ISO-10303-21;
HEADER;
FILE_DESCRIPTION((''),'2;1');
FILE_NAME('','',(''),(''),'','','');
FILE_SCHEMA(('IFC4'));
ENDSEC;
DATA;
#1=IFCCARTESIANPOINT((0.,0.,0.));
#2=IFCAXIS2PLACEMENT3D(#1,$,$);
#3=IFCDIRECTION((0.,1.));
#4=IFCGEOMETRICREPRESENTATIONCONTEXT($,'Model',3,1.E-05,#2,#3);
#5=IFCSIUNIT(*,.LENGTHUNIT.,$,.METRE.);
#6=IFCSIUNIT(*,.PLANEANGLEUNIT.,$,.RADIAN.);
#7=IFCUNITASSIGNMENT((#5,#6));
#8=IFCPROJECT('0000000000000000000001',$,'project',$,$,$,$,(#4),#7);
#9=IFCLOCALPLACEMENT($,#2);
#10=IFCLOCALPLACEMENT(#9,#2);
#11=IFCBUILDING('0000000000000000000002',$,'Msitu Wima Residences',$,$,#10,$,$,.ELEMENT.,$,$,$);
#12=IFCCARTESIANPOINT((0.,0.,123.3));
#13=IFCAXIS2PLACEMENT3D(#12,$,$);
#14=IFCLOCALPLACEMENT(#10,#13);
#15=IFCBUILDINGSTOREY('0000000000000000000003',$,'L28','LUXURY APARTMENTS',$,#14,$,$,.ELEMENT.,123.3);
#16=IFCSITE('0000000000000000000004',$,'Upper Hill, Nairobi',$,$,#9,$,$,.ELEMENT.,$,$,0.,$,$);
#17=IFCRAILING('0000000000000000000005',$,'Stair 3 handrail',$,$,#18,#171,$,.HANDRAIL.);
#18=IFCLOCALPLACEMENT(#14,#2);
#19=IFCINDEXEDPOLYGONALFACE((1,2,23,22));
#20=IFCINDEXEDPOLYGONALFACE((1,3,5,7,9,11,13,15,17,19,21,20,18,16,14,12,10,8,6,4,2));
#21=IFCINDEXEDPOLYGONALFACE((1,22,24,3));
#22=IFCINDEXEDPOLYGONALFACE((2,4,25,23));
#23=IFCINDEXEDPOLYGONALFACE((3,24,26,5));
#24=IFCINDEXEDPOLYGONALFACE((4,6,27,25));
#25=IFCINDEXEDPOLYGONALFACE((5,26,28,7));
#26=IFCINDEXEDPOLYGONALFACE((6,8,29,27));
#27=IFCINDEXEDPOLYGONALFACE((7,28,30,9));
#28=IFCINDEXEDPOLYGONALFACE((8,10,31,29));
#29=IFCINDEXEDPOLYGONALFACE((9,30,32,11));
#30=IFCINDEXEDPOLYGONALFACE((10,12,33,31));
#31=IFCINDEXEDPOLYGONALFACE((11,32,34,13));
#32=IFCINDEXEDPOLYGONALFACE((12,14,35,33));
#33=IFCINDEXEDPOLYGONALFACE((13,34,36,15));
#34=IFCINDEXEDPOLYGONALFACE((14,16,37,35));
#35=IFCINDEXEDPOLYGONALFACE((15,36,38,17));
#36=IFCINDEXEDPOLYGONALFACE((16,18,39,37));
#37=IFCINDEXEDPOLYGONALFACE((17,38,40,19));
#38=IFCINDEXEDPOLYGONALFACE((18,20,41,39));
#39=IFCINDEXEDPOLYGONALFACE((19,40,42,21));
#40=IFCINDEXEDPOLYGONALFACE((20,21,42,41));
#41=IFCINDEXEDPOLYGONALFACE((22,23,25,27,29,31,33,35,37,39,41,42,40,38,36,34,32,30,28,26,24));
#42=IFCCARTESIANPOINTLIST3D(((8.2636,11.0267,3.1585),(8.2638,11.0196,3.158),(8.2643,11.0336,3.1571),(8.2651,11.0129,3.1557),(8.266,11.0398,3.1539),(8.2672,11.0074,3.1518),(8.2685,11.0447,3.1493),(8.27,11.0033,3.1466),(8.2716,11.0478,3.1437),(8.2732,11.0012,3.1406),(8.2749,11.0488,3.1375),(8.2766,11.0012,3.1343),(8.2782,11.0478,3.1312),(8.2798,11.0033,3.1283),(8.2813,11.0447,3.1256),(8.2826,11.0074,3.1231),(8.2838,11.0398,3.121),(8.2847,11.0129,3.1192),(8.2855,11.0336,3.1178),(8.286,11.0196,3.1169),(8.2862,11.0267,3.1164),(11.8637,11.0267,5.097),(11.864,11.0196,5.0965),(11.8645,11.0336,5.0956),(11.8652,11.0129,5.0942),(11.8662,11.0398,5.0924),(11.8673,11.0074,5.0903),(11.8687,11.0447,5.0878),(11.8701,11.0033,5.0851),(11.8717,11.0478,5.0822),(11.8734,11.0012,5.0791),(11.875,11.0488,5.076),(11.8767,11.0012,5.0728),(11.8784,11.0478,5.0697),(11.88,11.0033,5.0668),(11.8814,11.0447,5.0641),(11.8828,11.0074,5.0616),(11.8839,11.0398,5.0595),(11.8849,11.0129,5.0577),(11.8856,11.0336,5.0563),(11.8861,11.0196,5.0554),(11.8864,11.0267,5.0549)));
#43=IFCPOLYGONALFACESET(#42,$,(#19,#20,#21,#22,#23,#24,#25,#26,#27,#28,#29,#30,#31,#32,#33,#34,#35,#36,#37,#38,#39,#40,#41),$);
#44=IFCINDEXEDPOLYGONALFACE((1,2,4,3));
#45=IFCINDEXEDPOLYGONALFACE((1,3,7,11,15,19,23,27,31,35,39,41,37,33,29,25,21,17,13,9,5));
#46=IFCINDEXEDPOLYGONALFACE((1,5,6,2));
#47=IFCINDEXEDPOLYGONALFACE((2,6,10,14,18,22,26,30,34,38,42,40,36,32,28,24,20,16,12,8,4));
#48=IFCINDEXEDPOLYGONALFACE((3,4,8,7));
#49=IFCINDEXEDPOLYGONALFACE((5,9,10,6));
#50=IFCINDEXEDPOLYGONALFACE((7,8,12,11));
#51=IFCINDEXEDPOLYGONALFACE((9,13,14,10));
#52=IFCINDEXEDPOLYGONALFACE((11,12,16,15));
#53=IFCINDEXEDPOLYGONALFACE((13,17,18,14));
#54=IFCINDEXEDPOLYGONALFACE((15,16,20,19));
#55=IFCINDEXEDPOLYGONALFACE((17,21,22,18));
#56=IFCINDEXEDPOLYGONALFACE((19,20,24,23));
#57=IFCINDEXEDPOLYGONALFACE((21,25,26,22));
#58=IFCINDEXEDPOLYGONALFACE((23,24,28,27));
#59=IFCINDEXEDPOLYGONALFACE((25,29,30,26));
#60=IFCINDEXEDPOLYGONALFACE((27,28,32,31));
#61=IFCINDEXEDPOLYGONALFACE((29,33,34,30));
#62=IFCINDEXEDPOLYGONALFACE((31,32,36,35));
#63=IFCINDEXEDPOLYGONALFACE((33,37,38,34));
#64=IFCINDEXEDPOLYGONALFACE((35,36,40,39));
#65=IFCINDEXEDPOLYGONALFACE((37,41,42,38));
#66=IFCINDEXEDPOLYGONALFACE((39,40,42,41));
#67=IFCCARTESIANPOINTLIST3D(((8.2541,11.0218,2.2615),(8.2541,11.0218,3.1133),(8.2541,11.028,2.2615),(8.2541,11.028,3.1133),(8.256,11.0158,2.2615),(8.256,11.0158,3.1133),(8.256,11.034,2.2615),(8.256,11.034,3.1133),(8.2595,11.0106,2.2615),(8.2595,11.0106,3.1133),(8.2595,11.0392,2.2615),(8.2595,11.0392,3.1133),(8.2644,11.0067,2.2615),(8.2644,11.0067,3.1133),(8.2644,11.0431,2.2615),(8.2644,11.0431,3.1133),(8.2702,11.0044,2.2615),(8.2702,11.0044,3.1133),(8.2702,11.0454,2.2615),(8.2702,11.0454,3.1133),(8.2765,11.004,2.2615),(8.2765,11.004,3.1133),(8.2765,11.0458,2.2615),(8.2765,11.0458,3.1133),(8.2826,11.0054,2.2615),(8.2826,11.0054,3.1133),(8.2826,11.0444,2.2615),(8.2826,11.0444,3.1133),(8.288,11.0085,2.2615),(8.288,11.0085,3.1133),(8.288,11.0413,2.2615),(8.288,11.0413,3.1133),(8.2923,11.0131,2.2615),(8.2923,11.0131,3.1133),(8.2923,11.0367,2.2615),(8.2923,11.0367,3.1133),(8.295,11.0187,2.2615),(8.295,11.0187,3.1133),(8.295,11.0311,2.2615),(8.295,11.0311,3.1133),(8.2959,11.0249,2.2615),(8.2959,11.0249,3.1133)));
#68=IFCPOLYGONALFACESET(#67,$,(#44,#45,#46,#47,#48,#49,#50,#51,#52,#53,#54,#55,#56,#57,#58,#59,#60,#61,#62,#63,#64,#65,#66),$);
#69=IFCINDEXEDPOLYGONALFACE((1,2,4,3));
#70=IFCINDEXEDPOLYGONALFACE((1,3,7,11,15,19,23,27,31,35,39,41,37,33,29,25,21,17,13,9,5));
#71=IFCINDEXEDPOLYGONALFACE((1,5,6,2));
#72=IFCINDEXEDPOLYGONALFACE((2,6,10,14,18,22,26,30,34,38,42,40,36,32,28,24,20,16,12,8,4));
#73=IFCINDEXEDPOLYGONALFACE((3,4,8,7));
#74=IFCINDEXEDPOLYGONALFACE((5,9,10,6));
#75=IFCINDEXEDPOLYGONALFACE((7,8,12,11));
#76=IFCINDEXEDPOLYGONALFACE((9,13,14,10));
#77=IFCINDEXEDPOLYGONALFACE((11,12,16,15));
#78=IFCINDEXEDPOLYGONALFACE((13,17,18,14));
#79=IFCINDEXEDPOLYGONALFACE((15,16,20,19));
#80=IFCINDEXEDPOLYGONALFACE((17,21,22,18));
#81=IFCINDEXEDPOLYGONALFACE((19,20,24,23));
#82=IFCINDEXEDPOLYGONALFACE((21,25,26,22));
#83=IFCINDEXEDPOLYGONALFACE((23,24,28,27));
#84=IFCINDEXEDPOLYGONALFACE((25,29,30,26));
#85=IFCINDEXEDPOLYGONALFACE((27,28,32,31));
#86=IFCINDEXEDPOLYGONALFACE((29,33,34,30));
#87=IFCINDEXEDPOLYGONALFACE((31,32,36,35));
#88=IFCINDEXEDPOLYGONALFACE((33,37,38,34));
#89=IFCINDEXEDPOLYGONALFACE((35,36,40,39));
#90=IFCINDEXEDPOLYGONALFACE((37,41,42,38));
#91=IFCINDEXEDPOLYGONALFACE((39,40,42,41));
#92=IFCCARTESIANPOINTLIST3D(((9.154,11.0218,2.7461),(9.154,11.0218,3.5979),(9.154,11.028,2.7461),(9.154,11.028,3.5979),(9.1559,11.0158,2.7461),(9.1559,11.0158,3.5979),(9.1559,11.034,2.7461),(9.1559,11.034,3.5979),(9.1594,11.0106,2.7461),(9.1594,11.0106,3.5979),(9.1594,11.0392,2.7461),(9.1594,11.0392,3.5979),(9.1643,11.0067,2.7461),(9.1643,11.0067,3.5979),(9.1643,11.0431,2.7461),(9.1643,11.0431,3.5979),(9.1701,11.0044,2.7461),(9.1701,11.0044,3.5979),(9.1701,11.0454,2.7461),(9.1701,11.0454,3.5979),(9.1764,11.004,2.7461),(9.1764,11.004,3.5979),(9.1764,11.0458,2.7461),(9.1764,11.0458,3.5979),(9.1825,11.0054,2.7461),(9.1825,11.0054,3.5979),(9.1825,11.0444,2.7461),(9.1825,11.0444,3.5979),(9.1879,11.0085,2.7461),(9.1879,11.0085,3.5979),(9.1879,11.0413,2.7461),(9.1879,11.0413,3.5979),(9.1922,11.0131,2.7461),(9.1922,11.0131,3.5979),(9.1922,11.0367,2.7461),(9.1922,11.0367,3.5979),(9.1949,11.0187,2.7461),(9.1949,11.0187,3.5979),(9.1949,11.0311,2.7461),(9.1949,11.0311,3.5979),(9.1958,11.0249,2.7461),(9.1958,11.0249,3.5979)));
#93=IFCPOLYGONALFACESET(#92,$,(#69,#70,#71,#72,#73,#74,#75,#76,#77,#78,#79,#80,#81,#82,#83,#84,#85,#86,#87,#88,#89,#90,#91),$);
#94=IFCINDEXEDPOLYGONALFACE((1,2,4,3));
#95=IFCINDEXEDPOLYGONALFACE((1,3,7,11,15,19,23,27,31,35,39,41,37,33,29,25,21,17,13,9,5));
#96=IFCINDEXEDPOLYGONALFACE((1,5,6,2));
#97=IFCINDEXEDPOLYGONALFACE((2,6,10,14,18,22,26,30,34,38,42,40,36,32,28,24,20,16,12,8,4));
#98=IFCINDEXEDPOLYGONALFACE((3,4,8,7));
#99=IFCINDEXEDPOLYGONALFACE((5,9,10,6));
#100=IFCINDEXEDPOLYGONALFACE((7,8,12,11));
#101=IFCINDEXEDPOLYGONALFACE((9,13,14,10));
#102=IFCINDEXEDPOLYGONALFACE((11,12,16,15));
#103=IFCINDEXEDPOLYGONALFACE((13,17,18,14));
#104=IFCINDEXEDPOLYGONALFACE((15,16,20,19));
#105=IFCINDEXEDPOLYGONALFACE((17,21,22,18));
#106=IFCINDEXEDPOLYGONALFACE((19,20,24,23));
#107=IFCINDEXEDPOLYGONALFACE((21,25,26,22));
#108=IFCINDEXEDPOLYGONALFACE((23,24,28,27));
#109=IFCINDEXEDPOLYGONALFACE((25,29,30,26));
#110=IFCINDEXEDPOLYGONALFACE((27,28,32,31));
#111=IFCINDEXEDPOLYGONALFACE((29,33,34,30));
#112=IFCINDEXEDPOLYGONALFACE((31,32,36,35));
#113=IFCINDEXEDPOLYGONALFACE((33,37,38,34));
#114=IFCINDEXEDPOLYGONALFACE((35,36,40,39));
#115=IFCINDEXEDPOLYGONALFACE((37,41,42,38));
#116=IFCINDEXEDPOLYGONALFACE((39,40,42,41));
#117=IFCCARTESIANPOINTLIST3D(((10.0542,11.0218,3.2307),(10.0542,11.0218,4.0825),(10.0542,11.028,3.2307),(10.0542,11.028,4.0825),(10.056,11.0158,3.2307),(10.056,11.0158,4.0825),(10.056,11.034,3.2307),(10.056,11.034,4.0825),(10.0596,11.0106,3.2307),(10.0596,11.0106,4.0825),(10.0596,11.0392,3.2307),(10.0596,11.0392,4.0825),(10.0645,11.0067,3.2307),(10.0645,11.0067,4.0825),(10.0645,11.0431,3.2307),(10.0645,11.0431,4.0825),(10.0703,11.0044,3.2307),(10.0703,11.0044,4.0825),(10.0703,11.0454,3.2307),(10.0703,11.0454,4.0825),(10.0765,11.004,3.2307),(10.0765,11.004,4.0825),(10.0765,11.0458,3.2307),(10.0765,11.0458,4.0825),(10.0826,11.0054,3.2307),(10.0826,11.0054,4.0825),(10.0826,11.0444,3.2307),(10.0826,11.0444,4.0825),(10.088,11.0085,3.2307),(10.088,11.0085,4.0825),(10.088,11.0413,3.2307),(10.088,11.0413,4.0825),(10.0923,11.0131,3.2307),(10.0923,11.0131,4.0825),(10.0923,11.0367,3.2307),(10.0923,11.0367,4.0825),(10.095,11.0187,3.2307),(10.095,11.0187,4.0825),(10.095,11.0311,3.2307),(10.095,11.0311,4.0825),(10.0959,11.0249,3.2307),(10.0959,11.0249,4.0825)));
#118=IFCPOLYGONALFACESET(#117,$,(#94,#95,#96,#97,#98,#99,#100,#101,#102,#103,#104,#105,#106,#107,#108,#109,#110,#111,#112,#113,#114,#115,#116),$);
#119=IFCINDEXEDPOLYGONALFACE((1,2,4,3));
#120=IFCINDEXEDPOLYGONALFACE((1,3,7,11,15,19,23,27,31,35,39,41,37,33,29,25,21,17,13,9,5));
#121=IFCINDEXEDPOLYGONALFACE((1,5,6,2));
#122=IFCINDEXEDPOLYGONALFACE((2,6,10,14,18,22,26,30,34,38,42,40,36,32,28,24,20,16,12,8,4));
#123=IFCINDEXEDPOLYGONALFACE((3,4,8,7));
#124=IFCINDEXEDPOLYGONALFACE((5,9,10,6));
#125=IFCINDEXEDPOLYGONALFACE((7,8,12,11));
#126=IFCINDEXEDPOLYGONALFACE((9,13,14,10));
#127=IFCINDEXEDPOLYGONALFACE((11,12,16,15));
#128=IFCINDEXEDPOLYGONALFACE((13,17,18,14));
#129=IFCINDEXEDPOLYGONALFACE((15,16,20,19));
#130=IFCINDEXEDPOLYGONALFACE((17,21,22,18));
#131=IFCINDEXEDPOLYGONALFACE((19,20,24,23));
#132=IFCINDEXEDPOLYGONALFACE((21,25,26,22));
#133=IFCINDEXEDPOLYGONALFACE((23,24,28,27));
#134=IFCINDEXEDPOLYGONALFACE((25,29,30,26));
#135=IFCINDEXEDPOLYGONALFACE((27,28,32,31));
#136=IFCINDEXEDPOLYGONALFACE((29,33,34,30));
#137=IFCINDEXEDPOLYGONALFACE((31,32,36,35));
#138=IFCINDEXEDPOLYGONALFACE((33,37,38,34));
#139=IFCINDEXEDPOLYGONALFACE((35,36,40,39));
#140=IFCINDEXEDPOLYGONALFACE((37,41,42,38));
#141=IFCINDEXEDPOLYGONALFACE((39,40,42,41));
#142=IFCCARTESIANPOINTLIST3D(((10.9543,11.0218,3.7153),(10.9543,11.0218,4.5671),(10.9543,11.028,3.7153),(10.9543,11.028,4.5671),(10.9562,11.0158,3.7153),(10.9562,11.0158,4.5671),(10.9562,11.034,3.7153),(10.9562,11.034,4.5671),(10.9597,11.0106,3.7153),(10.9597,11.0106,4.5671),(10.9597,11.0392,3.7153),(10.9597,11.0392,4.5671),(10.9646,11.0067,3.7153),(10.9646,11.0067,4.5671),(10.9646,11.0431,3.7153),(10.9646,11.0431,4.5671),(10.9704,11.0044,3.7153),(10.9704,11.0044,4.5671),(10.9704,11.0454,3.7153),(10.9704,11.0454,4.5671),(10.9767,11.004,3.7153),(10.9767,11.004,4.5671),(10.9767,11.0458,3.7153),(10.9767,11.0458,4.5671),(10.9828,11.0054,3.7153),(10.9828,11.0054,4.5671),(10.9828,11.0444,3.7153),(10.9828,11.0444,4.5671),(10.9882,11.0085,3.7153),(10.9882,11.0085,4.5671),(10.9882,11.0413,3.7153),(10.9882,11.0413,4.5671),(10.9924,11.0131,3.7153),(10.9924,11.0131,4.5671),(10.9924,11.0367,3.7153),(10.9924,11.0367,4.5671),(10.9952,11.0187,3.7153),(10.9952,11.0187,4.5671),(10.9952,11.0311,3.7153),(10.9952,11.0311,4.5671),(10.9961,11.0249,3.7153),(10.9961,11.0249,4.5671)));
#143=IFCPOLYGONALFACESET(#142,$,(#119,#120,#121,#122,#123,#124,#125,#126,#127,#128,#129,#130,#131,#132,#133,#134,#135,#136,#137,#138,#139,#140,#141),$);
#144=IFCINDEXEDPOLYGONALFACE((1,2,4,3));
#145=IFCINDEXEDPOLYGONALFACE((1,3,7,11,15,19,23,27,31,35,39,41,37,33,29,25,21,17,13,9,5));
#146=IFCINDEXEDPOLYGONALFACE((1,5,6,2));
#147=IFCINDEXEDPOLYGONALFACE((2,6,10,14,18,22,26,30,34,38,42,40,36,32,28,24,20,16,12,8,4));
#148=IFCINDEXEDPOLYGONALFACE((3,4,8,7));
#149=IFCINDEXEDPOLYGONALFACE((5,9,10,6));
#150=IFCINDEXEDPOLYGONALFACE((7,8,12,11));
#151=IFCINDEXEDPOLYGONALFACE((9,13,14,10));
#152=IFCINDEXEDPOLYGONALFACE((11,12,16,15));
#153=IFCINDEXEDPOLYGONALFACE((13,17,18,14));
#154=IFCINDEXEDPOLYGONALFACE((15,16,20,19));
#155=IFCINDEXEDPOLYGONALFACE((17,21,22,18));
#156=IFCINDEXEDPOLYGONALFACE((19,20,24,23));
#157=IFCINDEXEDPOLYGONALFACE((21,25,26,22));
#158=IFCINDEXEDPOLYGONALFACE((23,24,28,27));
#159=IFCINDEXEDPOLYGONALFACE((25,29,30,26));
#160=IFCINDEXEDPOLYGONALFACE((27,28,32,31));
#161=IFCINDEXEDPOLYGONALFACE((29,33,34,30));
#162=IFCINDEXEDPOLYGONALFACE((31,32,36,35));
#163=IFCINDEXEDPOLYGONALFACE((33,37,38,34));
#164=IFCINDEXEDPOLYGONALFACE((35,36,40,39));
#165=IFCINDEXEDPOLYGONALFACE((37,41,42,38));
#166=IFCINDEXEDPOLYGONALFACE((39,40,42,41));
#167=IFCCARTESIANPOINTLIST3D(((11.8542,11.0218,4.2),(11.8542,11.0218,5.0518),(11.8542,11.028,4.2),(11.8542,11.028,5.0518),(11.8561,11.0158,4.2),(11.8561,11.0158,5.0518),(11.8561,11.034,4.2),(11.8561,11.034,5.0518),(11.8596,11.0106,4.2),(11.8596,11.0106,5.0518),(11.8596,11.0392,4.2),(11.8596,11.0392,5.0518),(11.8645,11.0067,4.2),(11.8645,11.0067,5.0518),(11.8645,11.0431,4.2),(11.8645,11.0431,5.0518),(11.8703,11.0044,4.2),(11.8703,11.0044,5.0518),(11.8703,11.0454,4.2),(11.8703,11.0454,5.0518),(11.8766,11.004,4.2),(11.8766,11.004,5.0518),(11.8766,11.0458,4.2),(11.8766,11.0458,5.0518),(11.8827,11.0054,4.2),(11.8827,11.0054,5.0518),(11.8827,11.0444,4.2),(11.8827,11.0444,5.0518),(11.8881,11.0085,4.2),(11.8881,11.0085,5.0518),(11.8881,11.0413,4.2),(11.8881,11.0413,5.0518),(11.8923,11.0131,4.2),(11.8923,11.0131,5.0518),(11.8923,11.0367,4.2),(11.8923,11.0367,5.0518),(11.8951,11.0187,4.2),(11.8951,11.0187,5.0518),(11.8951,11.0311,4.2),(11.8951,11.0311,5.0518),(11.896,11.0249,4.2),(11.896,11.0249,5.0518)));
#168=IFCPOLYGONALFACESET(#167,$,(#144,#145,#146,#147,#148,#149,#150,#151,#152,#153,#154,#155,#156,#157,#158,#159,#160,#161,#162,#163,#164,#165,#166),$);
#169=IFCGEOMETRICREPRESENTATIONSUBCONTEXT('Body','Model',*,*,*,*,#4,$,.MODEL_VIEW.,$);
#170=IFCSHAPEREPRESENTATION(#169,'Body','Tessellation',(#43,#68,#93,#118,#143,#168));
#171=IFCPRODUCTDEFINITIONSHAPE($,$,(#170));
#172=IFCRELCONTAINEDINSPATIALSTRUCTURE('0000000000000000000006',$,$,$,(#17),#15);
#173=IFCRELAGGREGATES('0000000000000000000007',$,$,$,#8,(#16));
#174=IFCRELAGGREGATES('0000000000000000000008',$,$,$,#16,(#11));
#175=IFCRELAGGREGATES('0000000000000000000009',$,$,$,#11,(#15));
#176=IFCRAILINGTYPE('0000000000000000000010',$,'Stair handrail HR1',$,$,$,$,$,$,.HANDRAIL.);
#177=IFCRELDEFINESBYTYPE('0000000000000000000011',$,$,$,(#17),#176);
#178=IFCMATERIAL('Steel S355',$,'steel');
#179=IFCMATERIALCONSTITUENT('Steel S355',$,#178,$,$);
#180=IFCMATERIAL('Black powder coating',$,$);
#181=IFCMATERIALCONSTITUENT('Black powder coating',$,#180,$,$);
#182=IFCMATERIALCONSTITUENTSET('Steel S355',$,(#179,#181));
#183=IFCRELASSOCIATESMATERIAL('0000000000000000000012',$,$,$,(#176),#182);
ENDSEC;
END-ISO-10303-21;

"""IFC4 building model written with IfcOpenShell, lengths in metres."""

from ifc_helpers import new_model, si_unit, direction, frame, origin, origin_2d, place, context, subcontext, project, spatial, circle, extrude, material, constituent, constituent_set, type_object, element, save


model = new_model("IFC4")

# Units and contexts
model_context = context("Model", 3, precision=1e-05, world=origin(), true_north=direction((0.0, 1.0)))
body_context = subcontext(model_context, "Body", "Model", "MODEL_VIEW")
ifc_project = project(units=[si_unit("LENGTHUNIT", "METRE"), si_unit("PLANEANGLEUNIT", "RADIAN")], contexts=[model_context])

# Site, building, storey
site_placement = place(None, origin())
site = spatial("IfcSite", under=ifc_project, at=site_placement, Name="Upper Hill, Nairobi", CompositionType="ELEMENT", RefElevation=0.0)
building_placement = place(site_placement, origin())
building = spatial("IfcBuilding", under=site, at=building_placement, Name="Msitu Wima Residences", CompositionType="ELEMENT")
storey_placement = place(building_placement, frame((0.0, 0.0, 123.3)))
storey = spatial("IfcBuildingStorey", under=building, at=storey_placement, Name="L28", Description="LUXURY APARTMENTS", CompositionType="ELEMENT", Elevation=123.3)

# Railing
ifc_material_1 = material(Name="Steel S355", Category="steel")
ifc_constituent_1 = constituent(ifc_material_1, Name="Steel S355")
ifc_material_2 = material(Name="Black powder coating")
ifc_constituent_2 = constituent(ifc_material_2, Name="Black powder coating")
ifc_constituent_set = constituent_set(constituents=[ifc_constituent_1, ifc_constituent_2], Name="Steel S355")
railing_type = type_object("IfcRailingType", Name="Stair handrail HR1", PredefinedType="HANDRAIL", material=ifc_constituent_set)
for number, where, name in (
    (1, (8.2749, 11.0249, 2.2615), "Stair 3 handrail"),
):
    element("IfcRailing", number, at=place(storey_placement, frame(where)), inside=storey, type_object=railing_type, Name=name, PredefinedType="HANDRAIL", context=body_context, shape_type="SweptSolid", body=[
        extrude(circle(Radius=0.0239, at=origin_2d()), frame((0.0, 0.0, 0.876), z_axis=(0.880475, 0.0, 0.474093), x_axis=(0.0, 1.0, 0.0)), (0.0, 0.0, 1.0), 4.0889),
        extrude(circle(Radius=0.021, at=origin_2d()), origin(), (0.0, 0.0, 1.0), 0.8518),
        extrude(circle(Radius=0.021, at=origin_2d()), frame((0.8999, 0.0, 0.4846)), (0.0, 0.0, 1.0), 0.8518),
        extrude(circle(Radius=0.021, at=origin_2d()), frame((1.8, 0.0, 0.9692)), (0.0, 0.0, 1.0), 0.8518),
        extrude(circle(Radius=0.021, at=origin_2d()), frame((2.7002, 0.0, 1.4539)), (0.0, 0.0, 1.0), 0.8518),
        extrude(circle(Radius=0.021, at=origin_2d()), frame((3.6001, 0.0, 1.9385)), (0.0, 0.0, 1.0), 0.8518),
    ])

save(model, "model.ifc")
